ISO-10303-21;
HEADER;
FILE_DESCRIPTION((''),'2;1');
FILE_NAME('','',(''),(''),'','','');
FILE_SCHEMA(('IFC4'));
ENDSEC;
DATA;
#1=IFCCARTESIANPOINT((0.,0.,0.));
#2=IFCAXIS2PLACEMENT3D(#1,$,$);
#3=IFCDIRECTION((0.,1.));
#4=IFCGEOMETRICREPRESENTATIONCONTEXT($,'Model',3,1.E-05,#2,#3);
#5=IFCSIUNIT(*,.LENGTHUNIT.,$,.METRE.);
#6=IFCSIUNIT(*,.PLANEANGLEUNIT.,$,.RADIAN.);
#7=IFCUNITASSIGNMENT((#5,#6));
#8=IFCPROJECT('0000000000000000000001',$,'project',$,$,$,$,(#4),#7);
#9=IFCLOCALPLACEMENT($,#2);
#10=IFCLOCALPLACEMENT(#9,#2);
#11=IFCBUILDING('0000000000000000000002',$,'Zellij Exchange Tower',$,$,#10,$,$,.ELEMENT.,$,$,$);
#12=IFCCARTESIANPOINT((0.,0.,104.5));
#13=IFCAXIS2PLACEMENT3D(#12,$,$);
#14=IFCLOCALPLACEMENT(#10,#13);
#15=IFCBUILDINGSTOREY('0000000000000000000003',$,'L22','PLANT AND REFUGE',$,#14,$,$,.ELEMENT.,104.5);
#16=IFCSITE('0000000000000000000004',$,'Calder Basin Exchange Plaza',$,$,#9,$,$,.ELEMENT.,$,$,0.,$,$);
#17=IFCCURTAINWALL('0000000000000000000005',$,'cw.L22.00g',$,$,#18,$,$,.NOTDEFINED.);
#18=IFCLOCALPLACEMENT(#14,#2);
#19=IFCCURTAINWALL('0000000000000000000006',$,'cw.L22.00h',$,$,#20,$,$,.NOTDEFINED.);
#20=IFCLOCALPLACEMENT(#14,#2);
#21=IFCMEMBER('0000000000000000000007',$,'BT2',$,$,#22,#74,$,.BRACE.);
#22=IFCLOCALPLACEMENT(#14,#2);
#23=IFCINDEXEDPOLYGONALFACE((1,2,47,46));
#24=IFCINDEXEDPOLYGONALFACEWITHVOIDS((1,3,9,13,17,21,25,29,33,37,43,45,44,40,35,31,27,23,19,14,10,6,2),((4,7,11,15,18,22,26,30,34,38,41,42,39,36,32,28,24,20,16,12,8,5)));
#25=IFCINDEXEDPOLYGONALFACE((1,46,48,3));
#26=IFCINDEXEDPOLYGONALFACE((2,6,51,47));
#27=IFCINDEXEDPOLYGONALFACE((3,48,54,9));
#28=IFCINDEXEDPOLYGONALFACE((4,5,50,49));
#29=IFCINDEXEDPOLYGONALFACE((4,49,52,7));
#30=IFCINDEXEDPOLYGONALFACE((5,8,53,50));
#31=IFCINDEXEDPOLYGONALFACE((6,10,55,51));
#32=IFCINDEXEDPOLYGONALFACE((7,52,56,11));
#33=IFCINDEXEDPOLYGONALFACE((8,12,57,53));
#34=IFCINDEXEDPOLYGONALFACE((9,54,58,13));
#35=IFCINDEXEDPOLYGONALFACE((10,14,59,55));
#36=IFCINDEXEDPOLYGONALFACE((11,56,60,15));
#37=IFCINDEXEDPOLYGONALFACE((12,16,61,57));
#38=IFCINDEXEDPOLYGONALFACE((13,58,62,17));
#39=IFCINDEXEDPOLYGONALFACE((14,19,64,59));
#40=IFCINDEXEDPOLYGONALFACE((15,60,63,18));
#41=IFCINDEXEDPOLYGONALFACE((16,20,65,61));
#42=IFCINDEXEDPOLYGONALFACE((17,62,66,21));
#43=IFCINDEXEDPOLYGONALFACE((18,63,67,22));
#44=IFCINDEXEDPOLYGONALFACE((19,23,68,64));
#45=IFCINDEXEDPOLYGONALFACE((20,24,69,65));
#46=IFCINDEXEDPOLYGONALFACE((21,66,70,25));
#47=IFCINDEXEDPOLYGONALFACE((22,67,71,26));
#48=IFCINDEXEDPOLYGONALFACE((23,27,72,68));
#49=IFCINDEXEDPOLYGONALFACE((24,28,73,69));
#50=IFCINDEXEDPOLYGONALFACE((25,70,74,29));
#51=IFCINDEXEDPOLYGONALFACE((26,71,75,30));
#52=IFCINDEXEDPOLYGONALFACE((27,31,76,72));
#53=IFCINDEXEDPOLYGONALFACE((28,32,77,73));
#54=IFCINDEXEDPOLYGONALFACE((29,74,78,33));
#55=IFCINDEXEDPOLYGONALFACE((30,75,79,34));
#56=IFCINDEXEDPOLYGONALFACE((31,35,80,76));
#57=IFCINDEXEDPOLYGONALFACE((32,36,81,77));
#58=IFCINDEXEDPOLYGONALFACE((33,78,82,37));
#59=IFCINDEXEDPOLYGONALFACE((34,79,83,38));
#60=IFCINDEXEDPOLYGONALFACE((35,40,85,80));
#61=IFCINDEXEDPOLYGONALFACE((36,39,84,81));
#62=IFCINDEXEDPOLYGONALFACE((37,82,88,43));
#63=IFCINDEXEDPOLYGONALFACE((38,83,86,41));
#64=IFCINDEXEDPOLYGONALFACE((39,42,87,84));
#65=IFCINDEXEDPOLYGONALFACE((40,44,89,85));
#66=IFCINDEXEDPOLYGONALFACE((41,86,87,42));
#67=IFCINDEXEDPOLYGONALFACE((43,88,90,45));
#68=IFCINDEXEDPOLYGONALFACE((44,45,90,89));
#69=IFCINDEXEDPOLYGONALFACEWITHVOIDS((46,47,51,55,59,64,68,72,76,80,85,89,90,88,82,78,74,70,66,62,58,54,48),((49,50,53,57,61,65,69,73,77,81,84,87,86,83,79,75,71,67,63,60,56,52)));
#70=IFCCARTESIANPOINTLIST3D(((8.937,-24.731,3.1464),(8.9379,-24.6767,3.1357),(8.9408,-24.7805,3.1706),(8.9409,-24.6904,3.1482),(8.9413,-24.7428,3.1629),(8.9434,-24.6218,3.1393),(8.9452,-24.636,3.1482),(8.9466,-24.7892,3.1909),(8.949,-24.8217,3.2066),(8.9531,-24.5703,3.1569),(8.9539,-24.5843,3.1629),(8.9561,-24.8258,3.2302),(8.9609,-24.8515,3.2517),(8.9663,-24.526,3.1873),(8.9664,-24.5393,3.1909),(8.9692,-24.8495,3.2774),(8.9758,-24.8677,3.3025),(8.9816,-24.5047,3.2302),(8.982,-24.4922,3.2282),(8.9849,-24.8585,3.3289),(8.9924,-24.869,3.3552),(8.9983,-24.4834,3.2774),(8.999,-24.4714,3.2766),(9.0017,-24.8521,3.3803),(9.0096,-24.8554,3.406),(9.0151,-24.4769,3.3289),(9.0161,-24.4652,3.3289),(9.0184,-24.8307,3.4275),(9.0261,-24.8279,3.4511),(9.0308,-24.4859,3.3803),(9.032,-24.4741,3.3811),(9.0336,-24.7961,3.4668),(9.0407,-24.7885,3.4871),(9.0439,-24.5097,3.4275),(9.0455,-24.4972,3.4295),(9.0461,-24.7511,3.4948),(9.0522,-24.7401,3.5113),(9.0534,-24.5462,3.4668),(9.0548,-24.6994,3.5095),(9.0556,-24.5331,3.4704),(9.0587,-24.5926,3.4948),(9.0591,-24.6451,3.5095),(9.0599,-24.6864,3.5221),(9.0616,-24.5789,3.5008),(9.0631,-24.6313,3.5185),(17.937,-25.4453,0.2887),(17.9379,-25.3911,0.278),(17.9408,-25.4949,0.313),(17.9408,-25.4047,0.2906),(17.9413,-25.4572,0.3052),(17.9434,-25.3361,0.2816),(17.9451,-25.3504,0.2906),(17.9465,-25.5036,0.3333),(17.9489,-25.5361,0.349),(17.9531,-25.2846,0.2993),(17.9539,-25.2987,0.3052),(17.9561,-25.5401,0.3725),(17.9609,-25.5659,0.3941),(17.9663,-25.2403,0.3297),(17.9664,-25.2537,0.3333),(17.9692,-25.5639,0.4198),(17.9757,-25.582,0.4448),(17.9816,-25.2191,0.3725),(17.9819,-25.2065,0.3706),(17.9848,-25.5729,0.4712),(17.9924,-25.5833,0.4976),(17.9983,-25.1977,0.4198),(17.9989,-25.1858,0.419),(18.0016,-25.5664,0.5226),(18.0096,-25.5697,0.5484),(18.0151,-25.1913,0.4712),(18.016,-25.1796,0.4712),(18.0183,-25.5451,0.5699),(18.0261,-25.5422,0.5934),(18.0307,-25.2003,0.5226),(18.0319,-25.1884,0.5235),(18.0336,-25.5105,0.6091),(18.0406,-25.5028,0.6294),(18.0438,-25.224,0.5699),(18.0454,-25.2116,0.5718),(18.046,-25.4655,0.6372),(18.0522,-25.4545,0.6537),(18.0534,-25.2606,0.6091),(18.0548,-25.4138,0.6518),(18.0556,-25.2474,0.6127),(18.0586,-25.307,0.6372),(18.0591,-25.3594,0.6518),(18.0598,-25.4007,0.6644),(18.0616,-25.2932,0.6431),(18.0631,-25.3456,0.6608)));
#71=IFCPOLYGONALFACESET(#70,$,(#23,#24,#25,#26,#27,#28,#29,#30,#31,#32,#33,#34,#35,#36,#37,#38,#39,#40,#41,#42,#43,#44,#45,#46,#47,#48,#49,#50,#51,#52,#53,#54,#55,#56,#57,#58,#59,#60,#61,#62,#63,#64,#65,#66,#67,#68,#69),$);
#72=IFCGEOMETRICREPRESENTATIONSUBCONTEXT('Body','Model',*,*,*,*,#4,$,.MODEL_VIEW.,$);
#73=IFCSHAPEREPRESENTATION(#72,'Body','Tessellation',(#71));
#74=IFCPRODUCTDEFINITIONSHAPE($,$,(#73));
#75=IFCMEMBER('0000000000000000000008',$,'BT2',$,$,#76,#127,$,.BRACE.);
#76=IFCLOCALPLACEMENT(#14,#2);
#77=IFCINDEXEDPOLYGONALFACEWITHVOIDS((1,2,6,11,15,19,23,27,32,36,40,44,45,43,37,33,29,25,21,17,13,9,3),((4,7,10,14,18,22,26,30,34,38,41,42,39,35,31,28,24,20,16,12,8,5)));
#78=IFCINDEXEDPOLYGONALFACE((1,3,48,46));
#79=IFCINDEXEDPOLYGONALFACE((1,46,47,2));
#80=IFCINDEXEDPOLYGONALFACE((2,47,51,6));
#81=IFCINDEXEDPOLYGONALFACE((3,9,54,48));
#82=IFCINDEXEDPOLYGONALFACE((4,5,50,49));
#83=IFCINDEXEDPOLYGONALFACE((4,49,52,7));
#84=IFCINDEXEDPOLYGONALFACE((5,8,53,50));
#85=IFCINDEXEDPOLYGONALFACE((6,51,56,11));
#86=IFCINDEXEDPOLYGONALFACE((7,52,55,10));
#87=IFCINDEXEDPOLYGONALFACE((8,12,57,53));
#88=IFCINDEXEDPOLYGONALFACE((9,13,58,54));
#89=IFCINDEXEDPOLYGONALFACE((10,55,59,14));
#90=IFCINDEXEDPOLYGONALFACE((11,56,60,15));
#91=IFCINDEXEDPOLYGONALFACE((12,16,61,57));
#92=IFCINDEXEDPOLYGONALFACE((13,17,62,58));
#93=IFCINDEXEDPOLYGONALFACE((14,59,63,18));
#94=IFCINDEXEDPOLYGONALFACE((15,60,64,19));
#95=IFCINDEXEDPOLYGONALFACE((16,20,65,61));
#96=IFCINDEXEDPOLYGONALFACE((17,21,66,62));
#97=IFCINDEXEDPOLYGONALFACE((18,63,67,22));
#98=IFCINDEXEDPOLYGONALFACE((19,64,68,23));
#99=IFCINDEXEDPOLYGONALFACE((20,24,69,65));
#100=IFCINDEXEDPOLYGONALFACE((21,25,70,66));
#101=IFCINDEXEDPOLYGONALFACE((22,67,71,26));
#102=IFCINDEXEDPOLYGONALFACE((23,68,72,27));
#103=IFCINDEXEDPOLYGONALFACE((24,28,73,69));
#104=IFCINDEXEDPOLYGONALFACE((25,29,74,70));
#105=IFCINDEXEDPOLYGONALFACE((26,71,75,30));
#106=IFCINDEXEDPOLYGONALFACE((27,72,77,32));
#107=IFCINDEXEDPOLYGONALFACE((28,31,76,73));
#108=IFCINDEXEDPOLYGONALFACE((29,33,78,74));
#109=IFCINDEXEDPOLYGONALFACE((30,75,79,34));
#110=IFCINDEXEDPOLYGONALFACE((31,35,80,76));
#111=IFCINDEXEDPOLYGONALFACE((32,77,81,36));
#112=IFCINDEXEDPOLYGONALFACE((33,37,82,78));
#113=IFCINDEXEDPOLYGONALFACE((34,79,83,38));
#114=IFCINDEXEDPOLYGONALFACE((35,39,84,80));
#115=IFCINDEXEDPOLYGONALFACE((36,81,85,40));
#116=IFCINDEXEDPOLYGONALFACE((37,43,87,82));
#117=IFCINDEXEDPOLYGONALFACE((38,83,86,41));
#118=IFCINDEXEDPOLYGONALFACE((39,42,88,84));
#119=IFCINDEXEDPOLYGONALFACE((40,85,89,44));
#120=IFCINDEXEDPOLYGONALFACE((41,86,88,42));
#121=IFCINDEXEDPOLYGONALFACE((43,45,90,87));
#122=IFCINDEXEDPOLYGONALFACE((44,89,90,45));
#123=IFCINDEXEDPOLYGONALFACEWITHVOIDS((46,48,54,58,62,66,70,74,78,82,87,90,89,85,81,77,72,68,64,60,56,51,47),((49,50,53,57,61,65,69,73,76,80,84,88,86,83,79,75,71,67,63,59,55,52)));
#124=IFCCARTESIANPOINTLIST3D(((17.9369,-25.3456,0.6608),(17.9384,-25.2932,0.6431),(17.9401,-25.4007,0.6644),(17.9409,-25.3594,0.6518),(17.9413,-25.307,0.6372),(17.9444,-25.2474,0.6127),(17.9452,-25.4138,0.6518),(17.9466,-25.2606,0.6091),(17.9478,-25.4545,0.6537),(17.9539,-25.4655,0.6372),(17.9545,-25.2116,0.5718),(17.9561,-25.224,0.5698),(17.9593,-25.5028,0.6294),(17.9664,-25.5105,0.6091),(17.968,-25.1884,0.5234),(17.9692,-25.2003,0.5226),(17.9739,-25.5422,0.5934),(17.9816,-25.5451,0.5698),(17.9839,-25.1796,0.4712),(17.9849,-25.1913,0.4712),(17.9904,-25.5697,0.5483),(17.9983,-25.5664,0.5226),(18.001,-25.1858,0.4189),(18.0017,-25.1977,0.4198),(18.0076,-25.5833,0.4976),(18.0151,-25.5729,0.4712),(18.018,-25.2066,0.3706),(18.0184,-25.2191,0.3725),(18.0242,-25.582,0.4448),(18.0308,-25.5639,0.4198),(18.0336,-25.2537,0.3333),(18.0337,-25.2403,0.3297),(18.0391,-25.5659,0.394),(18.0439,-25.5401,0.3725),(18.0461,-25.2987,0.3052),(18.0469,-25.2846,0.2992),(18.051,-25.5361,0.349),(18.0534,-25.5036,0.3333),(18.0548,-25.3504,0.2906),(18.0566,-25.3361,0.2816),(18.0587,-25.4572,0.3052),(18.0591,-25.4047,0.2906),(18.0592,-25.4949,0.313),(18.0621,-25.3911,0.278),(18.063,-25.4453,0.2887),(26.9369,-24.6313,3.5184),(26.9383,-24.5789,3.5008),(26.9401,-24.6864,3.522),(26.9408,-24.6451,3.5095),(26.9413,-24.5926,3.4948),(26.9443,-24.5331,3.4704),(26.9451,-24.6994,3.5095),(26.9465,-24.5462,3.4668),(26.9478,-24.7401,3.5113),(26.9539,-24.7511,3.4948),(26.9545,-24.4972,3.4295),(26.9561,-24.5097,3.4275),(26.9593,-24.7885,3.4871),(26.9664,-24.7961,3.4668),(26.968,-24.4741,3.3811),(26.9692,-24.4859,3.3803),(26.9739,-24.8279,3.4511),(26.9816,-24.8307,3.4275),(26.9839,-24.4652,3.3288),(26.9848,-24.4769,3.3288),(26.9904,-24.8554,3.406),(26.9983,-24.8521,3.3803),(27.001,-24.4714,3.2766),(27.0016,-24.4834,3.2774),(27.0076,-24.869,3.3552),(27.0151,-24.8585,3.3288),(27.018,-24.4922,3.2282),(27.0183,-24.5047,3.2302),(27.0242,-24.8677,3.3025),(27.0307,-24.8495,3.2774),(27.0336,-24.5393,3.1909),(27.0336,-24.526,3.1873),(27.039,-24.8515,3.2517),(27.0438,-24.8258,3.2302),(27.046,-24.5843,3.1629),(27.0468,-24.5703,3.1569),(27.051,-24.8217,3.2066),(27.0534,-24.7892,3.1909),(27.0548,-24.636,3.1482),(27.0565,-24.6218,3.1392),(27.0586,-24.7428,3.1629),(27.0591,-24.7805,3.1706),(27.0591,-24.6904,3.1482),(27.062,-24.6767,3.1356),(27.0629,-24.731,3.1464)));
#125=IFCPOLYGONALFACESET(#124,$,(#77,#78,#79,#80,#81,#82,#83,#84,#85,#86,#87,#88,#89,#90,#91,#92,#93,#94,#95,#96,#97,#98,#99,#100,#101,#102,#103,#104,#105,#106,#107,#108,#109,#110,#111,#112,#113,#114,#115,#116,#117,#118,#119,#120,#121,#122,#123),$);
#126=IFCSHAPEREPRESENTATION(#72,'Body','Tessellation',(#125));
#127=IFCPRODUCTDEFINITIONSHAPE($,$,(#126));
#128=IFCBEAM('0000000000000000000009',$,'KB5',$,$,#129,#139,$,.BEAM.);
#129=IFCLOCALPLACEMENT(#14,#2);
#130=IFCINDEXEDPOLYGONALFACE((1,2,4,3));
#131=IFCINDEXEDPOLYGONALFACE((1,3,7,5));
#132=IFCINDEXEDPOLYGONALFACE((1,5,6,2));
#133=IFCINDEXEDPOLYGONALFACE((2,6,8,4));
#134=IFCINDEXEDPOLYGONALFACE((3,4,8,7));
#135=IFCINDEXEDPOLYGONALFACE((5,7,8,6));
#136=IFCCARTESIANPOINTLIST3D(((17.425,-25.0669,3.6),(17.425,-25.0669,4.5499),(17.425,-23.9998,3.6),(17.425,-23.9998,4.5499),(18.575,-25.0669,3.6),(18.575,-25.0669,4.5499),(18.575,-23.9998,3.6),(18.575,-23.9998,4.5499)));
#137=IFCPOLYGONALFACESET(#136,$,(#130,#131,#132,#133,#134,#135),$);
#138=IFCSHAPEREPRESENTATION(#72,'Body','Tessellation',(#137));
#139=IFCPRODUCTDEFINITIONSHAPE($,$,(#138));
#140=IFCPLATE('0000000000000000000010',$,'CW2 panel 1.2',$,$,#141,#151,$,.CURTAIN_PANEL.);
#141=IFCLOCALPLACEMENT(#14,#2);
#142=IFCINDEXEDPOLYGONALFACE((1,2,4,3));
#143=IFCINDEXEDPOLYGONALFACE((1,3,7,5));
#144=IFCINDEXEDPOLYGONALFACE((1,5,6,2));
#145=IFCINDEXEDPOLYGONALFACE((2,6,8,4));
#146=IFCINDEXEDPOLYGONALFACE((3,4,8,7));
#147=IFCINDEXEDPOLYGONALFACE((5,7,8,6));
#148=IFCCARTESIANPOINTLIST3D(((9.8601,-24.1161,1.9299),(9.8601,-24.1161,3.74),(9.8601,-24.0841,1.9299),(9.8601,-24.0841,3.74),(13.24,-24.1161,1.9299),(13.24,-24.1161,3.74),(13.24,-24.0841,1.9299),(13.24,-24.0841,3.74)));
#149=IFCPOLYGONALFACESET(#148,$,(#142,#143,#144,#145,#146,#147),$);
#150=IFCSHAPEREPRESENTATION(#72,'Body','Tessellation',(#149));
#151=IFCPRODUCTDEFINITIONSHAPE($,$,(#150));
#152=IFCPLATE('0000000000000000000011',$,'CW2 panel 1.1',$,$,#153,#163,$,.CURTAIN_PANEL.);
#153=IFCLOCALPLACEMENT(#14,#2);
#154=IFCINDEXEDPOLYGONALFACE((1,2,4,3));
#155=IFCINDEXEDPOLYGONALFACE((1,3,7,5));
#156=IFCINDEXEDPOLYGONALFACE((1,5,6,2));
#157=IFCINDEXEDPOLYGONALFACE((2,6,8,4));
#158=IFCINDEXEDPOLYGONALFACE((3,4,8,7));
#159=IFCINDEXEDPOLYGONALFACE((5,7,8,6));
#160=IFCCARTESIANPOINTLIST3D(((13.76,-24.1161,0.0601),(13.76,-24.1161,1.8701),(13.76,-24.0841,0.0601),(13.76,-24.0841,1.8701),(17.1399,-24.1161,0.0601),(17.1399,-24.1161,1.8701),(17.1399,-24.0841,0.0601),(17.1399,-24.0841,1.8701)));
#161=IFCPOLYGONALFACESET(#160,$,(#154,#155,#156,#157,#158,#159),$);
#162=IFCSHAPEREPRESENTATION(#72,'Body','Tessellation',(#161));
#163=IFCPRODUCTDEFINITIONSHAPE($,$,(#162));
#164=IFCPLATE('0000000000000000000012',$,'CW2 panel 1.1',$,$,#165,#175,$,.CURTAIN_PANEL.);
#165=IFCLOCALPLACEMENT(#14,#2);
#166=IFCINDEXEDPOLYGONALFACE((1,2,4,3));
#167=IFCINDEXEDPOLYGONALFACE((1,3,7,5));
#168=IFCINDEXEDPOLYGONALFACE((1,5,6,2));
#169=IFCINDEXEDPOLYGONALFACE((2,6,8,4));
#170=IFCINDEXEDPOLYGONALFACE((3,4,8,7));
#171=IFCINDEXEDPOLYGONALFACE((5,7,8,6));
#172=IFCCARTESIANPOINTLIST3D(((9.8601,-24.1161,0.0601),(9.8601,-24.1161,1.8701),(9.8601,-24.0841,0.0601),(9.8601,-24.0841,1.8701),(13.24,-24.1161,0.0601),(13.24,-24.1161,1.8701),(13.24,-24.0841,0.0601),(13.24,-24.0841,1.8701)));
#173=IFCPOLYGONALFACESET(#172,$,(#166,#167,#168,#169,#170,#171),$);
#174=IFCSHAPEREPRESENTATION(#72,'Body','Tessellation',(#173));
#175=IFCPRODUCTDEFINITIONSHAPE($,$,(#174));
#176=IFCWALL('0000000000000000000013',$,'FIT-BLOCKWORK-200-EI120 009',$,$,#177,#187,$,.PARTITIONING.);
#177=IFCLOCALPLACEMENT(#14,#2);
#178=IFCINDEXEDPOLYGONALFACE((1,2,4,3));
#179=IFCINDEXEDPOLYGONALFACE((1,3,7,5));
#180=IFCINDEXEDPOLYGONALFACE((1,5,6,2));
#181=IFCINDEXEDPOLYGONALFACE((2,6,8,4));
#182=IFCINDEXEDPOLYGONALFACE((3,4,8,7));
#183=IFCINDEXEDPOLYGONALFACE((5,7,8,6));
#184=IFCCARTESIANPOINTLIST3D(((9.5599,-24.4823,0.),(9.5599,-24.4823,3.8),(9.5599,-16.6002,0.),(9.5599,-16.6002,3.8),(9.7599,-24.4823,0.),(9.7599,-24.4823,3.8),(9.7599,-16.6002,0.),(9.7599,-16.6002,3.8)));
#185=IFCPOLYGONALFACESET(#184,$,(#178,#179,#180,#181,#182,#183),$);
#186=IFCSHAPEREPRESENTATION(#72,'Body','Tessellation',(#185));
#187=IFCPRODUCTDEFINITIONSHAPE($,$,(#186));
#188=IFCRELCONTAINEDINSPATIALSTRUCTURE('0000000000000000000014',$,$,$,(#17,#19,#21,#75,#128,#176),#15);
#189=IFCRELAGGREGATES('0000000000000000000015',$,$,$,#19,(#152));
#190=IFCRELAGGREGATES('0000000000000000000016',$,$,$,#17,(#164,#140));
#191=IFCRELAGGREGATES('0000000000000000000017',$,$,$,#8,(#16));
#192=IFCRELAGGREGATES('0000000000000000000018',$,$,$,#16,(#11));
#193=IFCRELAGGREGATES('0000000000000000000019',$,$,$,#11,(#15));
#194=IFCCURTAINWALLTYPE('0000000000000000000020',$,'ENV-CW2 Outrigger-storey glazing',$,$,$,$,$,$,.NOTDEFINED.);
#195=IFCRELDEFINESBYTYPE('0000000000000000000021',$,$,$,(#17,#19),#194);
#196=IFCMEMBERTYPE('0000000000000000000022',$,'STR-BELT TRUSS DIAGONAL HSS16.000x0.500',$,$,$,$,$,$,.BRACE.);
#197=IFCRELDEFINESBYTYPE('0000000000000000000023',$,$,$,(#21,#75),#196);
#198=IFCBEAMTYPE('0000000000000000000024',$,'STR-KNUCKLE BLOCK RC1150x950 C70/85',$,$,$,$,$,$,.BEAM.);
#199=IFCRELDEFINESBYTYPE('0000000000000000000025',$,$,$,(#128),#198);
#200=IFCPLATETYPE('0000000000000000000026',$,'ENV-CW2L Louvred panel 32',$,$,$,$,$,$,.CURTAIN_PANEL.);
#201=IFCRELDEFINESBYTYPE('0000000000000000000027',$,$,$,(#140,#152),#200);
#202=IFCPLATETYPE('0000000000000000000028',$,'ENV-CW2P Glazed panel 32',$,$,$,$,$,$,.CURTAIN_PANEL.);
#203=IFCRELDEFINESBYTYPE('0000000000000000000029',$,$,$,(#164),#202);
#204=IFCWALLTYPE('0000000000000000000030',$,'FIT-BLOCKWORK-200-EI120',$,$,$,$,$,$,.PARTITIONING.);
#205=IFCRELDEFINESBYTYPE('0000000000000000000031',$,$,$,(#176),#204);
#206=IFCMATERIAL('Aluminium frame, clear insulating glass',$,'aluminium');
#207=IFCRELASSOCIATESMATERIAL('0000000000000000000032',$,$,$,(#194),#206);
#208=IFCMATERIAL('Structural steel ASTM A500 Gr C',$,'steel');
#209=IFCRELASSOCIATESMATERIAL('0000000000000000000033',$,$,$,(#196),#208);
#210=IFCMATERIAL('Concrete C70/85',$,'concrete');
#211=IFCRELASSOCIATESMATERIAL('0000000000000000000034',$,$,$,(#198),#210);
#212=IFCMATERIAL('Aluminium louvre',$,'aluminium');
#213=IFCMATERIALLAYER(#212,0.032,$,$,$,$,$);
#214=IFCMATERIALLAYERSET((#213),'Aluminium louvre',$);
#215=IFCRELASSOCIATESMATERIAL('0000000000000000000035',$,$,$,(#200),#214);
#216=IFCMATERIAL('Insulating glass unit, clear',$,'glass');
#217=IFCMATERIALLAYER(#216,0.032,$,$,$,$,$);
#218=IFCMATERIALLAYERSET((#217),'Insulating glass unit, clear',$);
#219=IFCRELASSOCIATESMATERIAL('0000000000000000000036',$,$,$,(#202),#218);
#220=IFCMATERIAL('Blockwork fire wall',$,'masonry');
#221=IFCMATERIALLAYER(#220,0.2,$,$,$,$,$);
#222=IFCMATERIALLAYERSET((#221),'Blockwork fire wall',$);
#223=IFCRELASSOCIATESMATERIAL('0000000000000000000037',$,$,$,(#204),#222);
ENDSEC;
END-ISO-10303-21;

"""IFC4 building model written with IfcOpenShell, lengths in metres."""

from ifc_helpers import new_model, si_unit, direction, frame, frame_2d, origin, origin_2d, place, context, subcontext, project, spatial, rectangle, hollow_circle, extrude, material, layer, layer_set, material_profile, profile_set, type_object, element, aggregate, save


model = new_model("IFC4")

# Units and contexts
model_context = context("Model", 3, precision=1e-05, world=origin(), true_north=direction((0.0, 1.0)))
body_context = subcontext(model_context, "Body", "Model", "MODEL_VIEW")
ifc_project = project(units=[si_unit("LENGTHUNIT", "METRE"), si_unit("PLANEANGLEUNIT", "RADIAN")], contexts=[model_context])

# Site, building, storey
site_placement = place(None, origin())
site = spatial("IfcSite", under=ifc_project, at=site_placement, Name="Calder Basin Exchange Plaza", CompositionType="ELEMENT", RefElevation=0.0)
building_placement = place(site_placement, origin())
building = spatial("IfcBuilding", under=site, at=building_placement, Name="Zellij Exchange Tower", CompositionType="ELEMENT")
storey_placement = place(building_placement, frame((0.0, 0.0, 104.5)))
storey = spatial("IfcBuildingStorey", under=building, at=storey_placement, Name="L22", Description="PLANT AND REFUGE", CompositionType="ELEMENT", Elevation=104.5)

# Shared definitions
ifc_material_1 = material(Name="Concrete C70/85", Category="concrete")

# Curtain wall
ifc_material_2 = material(Name="Aluminium frame, clear insulating glass", Category="aluminium")
curtain_wall_type = type_object("IfcCurtainWallType", Name="ENV-CW2 Outrigger-storey glazing", PredefinedType="NOTDEFINED", material=ifc_material_2)
curtain_wall_1_placement = place(storey_placement, origin())
curtain_wall_1 = element("IfcCurtainWall", 1, at=curtain_wall_1_placement, inside=storey, type_object=curtain_wall_type, Name="cw.L22.00g", PredefinedType="NOTDEFINED")

# Curtain wall
curtain_wall_2_placement = place(storey_placement, origin())
curtain_wall_2 = element("IfcCurtainWall", 2, at=curtain_wall_2_placement, inside=storey, type_object=curtain_wall_type, Name="cw.L22.00h", PredefinedType="NOTDEFINED")

# Members
ifc_material_3 = material(Name="Structural steel ASTM A500 Gr C", Category="steel")
ifc_material_profile_1 = material_profile(ifc_material_3, hollow_circle(Radius=0.2031, WallThickness=0.0117, at=origin_2d()), Name="STR-BELT TRUSS DIAGONAL HSS16.000x0.500")
ifc_profile_set_1 = profile_set([ifc_material_profile_1], Name="Structural steel ASTM A500 Gr C")
member_type_1 = type_object("IfcMemberType", Name="STR-BELT TRUSS DIAGONAL HSS16.000x0.500", PredefinedType="BRACE", material=ifc_profile_set_1)
for number, where, z_axis, x_axis, name in (
    (3, (9.0, -24.6677, 3.3289), (0.950393, -0.075435, -0.301767), (0.079124, 0.996865, 0.0), "BT2"),
    (4, (18.0, -25.3821, 0.4712), (0.950393, 0.075435, 0.301767), (-0.079124, 0.996865, 0.0), "BT2"),
):
    element("IfcMember", number, at=place(storey_placement, frame(where, z_axis=z_axis, x_axis=x_axis)), inside=storey, type_object=member_type_1, Name=name, PredefinedType="BRACE", context=body_context, shape_type="SweptSolid", body=[
        extrude(hollow_circle(Radius=0.2031, WallThickness=0.0117, at=origin_2d()), origin(), (0.0, 0.0, 1.0), 9.4697),
    ])

# Beam
ifc_material_profile_2 = material_profile(ifc_material_1, rectangle(XDim=1.1499, YDim=0.95, at=origin_2d()), Name="STR-KNUCKLE BLOCK RC1150x950 C70/85")
ifc_profile_set_2 = profile_set([ifc_material_profile_2], Name="Concrete C70/85")
beam_type = type_object("IfcBeamType", Name="STR-KNUCKLE BLOCK RC1150x950 C70/85", PredefinedType="BEAM", material=ifc_profile_set_2)
beam_placement = place(storey_placement, frame((18.0, -25.0669, 4.075), z_axis=(0.0, 1.0, 0.0), x_axis=(-1.0, 0.0, 0.0)))
element("IfcBeam", 5, at=beam_placement, inside=storey, type_object=beam_type, Name="KB5", PredefinedType="BEAM", context=body_context, shape_type="SweptSolid", body=[
    extrude(rectangle(XDim=1.1499, YDim=0.95, at=origin_2d()), origin(), (0.0, 0.0, 1.0), 1.0671),
])

# Plates
ifc_material_4 = material(Name="Aluminium louvre", Category="aluminium")
ifc_layer_1 = layer(ifc_material_4, 0.032)
ifc_layer_set_1 = layer_set([ifc_layer_1], Name="Aluminium louvre")
plate_type_1 = type_object("IfcPlateType", Name="ENV-CW2L Louvred panel 32", PredefinedType="CURTAIN_PANEL", material=ifc_layer_set_1)
plate_1_placement = place(storey_placement, frame((11.55, -24.1001, 1.9299), z_axis=(0.0, 0.0, 1.0), x_axis=(1.0, 0.0, 0.0)))
plate_1 = element("IfcPlate", 6, at=plate_1_placement, type_object=plate_type_1, Name="CW2 panel 1.2", PredefinedType="CURTAIN_PANEL", context=body_context, shape_type="SweptSolid", body=[
    extrude(rectangle(XDim=3.3799, YDim=0.032, at=origin_2d()), origin(), (0.0, 0.0, 1.0), 1.8101),
])
plate_2_placement = place(storey_placement, frame((15.45, -24.1001, 0.0601), z_axis=(0.0, 0.0, 1.0), x_axis=(1.0, 0.0, 0.0)))
plate_2 = element("IfcPlate", 7, at=plate_2_placement, type_object=plate_type_1, Name="CW2 panel 1.1", PredefinedType="CURTAIN_PANEL", context=body_context, shape_type="SweptSolid", body=[
    extrude(rectangle(XDim=3.3799, YDim=0.032, at=origin_2d()), origin(), (0.0, 0.0, 1.0), 1.8101),
])
aggregate(curtain_wall_2, [plate_2])
ifc_material_5 = material(Name="Insulating glass unit, clear", Category="glass")
ifc_layer_2 = layer(ifc_material_5, 0.032)
ifc_layer_set_2 = layer_set([ifc_layer_2], Name="Insulating glass unit, clear")
plate_type_2 = type_object("IfcPlateType", Name="ENV-CW2P Glazed panel 32", PredefinedType="CURTAIN_PANEL", material=ifc_layer_set_2)
plate_3_placement = place(storey_placement, frame((11.55, -24.1001, 0.0601), z_axis=(0.0, 0.0, 1.0), x_axis=(1.0, 0.0, 0.0)))
plate_3 = element("IfcPlate", 8, at=plate_3_placement, type_object=plate_type_2, Name="CW2 panel 1.1", PredefinedType="CURTAIN_PANEL", context=body_context, shape_type="SweptSolid", body=[
    extrude(rectangle(XDim=3.3799, YDim=0.032, at=origin_2d()), origin(), (0.0, 0.0, 1.0), 1.8101),
])
aggregate(curtain_wall_1, [plate_3, plate_1])

# Wall
ifc_material_6 = material(Name="Blockwork fire wall", Category="masonry")
ifc_layer_3 = layer(ifc_material_6, 0.2)
ifc_layer_set_3 = layer_set([ifc_layer_3], Name="Blockwork fire wall")
wall_type = type_object("IfcWallType", Name="FIT-BLOCKWORK-200-EI120", PredefinedType="PARTITIONING", material=ifc_layer_set_3)
wall_placement = place(storey_placement, frame((9.6599, -24.4822, 0.0), z_axis=(0.0, 0.0, 1.0), x_axis=(0.0, 1.0, 0.0)))
element("IfcWall", 9, at=wall_placement, inside=storey, type_object=wall_type, Name="FIT-BLOCKWORK-200-EI120 009", PredefinedType="PARTITIONING", context=body_context, shape_type="SweptSolid", body=[
    extrude(rectangle(XDim=7.8821, YDim=0.2, at=frame_2d((3.9409, 0.0))), origin(), (0.0, 0.0, 1.0), 3.8),
])

save(model, "model.ifc")
